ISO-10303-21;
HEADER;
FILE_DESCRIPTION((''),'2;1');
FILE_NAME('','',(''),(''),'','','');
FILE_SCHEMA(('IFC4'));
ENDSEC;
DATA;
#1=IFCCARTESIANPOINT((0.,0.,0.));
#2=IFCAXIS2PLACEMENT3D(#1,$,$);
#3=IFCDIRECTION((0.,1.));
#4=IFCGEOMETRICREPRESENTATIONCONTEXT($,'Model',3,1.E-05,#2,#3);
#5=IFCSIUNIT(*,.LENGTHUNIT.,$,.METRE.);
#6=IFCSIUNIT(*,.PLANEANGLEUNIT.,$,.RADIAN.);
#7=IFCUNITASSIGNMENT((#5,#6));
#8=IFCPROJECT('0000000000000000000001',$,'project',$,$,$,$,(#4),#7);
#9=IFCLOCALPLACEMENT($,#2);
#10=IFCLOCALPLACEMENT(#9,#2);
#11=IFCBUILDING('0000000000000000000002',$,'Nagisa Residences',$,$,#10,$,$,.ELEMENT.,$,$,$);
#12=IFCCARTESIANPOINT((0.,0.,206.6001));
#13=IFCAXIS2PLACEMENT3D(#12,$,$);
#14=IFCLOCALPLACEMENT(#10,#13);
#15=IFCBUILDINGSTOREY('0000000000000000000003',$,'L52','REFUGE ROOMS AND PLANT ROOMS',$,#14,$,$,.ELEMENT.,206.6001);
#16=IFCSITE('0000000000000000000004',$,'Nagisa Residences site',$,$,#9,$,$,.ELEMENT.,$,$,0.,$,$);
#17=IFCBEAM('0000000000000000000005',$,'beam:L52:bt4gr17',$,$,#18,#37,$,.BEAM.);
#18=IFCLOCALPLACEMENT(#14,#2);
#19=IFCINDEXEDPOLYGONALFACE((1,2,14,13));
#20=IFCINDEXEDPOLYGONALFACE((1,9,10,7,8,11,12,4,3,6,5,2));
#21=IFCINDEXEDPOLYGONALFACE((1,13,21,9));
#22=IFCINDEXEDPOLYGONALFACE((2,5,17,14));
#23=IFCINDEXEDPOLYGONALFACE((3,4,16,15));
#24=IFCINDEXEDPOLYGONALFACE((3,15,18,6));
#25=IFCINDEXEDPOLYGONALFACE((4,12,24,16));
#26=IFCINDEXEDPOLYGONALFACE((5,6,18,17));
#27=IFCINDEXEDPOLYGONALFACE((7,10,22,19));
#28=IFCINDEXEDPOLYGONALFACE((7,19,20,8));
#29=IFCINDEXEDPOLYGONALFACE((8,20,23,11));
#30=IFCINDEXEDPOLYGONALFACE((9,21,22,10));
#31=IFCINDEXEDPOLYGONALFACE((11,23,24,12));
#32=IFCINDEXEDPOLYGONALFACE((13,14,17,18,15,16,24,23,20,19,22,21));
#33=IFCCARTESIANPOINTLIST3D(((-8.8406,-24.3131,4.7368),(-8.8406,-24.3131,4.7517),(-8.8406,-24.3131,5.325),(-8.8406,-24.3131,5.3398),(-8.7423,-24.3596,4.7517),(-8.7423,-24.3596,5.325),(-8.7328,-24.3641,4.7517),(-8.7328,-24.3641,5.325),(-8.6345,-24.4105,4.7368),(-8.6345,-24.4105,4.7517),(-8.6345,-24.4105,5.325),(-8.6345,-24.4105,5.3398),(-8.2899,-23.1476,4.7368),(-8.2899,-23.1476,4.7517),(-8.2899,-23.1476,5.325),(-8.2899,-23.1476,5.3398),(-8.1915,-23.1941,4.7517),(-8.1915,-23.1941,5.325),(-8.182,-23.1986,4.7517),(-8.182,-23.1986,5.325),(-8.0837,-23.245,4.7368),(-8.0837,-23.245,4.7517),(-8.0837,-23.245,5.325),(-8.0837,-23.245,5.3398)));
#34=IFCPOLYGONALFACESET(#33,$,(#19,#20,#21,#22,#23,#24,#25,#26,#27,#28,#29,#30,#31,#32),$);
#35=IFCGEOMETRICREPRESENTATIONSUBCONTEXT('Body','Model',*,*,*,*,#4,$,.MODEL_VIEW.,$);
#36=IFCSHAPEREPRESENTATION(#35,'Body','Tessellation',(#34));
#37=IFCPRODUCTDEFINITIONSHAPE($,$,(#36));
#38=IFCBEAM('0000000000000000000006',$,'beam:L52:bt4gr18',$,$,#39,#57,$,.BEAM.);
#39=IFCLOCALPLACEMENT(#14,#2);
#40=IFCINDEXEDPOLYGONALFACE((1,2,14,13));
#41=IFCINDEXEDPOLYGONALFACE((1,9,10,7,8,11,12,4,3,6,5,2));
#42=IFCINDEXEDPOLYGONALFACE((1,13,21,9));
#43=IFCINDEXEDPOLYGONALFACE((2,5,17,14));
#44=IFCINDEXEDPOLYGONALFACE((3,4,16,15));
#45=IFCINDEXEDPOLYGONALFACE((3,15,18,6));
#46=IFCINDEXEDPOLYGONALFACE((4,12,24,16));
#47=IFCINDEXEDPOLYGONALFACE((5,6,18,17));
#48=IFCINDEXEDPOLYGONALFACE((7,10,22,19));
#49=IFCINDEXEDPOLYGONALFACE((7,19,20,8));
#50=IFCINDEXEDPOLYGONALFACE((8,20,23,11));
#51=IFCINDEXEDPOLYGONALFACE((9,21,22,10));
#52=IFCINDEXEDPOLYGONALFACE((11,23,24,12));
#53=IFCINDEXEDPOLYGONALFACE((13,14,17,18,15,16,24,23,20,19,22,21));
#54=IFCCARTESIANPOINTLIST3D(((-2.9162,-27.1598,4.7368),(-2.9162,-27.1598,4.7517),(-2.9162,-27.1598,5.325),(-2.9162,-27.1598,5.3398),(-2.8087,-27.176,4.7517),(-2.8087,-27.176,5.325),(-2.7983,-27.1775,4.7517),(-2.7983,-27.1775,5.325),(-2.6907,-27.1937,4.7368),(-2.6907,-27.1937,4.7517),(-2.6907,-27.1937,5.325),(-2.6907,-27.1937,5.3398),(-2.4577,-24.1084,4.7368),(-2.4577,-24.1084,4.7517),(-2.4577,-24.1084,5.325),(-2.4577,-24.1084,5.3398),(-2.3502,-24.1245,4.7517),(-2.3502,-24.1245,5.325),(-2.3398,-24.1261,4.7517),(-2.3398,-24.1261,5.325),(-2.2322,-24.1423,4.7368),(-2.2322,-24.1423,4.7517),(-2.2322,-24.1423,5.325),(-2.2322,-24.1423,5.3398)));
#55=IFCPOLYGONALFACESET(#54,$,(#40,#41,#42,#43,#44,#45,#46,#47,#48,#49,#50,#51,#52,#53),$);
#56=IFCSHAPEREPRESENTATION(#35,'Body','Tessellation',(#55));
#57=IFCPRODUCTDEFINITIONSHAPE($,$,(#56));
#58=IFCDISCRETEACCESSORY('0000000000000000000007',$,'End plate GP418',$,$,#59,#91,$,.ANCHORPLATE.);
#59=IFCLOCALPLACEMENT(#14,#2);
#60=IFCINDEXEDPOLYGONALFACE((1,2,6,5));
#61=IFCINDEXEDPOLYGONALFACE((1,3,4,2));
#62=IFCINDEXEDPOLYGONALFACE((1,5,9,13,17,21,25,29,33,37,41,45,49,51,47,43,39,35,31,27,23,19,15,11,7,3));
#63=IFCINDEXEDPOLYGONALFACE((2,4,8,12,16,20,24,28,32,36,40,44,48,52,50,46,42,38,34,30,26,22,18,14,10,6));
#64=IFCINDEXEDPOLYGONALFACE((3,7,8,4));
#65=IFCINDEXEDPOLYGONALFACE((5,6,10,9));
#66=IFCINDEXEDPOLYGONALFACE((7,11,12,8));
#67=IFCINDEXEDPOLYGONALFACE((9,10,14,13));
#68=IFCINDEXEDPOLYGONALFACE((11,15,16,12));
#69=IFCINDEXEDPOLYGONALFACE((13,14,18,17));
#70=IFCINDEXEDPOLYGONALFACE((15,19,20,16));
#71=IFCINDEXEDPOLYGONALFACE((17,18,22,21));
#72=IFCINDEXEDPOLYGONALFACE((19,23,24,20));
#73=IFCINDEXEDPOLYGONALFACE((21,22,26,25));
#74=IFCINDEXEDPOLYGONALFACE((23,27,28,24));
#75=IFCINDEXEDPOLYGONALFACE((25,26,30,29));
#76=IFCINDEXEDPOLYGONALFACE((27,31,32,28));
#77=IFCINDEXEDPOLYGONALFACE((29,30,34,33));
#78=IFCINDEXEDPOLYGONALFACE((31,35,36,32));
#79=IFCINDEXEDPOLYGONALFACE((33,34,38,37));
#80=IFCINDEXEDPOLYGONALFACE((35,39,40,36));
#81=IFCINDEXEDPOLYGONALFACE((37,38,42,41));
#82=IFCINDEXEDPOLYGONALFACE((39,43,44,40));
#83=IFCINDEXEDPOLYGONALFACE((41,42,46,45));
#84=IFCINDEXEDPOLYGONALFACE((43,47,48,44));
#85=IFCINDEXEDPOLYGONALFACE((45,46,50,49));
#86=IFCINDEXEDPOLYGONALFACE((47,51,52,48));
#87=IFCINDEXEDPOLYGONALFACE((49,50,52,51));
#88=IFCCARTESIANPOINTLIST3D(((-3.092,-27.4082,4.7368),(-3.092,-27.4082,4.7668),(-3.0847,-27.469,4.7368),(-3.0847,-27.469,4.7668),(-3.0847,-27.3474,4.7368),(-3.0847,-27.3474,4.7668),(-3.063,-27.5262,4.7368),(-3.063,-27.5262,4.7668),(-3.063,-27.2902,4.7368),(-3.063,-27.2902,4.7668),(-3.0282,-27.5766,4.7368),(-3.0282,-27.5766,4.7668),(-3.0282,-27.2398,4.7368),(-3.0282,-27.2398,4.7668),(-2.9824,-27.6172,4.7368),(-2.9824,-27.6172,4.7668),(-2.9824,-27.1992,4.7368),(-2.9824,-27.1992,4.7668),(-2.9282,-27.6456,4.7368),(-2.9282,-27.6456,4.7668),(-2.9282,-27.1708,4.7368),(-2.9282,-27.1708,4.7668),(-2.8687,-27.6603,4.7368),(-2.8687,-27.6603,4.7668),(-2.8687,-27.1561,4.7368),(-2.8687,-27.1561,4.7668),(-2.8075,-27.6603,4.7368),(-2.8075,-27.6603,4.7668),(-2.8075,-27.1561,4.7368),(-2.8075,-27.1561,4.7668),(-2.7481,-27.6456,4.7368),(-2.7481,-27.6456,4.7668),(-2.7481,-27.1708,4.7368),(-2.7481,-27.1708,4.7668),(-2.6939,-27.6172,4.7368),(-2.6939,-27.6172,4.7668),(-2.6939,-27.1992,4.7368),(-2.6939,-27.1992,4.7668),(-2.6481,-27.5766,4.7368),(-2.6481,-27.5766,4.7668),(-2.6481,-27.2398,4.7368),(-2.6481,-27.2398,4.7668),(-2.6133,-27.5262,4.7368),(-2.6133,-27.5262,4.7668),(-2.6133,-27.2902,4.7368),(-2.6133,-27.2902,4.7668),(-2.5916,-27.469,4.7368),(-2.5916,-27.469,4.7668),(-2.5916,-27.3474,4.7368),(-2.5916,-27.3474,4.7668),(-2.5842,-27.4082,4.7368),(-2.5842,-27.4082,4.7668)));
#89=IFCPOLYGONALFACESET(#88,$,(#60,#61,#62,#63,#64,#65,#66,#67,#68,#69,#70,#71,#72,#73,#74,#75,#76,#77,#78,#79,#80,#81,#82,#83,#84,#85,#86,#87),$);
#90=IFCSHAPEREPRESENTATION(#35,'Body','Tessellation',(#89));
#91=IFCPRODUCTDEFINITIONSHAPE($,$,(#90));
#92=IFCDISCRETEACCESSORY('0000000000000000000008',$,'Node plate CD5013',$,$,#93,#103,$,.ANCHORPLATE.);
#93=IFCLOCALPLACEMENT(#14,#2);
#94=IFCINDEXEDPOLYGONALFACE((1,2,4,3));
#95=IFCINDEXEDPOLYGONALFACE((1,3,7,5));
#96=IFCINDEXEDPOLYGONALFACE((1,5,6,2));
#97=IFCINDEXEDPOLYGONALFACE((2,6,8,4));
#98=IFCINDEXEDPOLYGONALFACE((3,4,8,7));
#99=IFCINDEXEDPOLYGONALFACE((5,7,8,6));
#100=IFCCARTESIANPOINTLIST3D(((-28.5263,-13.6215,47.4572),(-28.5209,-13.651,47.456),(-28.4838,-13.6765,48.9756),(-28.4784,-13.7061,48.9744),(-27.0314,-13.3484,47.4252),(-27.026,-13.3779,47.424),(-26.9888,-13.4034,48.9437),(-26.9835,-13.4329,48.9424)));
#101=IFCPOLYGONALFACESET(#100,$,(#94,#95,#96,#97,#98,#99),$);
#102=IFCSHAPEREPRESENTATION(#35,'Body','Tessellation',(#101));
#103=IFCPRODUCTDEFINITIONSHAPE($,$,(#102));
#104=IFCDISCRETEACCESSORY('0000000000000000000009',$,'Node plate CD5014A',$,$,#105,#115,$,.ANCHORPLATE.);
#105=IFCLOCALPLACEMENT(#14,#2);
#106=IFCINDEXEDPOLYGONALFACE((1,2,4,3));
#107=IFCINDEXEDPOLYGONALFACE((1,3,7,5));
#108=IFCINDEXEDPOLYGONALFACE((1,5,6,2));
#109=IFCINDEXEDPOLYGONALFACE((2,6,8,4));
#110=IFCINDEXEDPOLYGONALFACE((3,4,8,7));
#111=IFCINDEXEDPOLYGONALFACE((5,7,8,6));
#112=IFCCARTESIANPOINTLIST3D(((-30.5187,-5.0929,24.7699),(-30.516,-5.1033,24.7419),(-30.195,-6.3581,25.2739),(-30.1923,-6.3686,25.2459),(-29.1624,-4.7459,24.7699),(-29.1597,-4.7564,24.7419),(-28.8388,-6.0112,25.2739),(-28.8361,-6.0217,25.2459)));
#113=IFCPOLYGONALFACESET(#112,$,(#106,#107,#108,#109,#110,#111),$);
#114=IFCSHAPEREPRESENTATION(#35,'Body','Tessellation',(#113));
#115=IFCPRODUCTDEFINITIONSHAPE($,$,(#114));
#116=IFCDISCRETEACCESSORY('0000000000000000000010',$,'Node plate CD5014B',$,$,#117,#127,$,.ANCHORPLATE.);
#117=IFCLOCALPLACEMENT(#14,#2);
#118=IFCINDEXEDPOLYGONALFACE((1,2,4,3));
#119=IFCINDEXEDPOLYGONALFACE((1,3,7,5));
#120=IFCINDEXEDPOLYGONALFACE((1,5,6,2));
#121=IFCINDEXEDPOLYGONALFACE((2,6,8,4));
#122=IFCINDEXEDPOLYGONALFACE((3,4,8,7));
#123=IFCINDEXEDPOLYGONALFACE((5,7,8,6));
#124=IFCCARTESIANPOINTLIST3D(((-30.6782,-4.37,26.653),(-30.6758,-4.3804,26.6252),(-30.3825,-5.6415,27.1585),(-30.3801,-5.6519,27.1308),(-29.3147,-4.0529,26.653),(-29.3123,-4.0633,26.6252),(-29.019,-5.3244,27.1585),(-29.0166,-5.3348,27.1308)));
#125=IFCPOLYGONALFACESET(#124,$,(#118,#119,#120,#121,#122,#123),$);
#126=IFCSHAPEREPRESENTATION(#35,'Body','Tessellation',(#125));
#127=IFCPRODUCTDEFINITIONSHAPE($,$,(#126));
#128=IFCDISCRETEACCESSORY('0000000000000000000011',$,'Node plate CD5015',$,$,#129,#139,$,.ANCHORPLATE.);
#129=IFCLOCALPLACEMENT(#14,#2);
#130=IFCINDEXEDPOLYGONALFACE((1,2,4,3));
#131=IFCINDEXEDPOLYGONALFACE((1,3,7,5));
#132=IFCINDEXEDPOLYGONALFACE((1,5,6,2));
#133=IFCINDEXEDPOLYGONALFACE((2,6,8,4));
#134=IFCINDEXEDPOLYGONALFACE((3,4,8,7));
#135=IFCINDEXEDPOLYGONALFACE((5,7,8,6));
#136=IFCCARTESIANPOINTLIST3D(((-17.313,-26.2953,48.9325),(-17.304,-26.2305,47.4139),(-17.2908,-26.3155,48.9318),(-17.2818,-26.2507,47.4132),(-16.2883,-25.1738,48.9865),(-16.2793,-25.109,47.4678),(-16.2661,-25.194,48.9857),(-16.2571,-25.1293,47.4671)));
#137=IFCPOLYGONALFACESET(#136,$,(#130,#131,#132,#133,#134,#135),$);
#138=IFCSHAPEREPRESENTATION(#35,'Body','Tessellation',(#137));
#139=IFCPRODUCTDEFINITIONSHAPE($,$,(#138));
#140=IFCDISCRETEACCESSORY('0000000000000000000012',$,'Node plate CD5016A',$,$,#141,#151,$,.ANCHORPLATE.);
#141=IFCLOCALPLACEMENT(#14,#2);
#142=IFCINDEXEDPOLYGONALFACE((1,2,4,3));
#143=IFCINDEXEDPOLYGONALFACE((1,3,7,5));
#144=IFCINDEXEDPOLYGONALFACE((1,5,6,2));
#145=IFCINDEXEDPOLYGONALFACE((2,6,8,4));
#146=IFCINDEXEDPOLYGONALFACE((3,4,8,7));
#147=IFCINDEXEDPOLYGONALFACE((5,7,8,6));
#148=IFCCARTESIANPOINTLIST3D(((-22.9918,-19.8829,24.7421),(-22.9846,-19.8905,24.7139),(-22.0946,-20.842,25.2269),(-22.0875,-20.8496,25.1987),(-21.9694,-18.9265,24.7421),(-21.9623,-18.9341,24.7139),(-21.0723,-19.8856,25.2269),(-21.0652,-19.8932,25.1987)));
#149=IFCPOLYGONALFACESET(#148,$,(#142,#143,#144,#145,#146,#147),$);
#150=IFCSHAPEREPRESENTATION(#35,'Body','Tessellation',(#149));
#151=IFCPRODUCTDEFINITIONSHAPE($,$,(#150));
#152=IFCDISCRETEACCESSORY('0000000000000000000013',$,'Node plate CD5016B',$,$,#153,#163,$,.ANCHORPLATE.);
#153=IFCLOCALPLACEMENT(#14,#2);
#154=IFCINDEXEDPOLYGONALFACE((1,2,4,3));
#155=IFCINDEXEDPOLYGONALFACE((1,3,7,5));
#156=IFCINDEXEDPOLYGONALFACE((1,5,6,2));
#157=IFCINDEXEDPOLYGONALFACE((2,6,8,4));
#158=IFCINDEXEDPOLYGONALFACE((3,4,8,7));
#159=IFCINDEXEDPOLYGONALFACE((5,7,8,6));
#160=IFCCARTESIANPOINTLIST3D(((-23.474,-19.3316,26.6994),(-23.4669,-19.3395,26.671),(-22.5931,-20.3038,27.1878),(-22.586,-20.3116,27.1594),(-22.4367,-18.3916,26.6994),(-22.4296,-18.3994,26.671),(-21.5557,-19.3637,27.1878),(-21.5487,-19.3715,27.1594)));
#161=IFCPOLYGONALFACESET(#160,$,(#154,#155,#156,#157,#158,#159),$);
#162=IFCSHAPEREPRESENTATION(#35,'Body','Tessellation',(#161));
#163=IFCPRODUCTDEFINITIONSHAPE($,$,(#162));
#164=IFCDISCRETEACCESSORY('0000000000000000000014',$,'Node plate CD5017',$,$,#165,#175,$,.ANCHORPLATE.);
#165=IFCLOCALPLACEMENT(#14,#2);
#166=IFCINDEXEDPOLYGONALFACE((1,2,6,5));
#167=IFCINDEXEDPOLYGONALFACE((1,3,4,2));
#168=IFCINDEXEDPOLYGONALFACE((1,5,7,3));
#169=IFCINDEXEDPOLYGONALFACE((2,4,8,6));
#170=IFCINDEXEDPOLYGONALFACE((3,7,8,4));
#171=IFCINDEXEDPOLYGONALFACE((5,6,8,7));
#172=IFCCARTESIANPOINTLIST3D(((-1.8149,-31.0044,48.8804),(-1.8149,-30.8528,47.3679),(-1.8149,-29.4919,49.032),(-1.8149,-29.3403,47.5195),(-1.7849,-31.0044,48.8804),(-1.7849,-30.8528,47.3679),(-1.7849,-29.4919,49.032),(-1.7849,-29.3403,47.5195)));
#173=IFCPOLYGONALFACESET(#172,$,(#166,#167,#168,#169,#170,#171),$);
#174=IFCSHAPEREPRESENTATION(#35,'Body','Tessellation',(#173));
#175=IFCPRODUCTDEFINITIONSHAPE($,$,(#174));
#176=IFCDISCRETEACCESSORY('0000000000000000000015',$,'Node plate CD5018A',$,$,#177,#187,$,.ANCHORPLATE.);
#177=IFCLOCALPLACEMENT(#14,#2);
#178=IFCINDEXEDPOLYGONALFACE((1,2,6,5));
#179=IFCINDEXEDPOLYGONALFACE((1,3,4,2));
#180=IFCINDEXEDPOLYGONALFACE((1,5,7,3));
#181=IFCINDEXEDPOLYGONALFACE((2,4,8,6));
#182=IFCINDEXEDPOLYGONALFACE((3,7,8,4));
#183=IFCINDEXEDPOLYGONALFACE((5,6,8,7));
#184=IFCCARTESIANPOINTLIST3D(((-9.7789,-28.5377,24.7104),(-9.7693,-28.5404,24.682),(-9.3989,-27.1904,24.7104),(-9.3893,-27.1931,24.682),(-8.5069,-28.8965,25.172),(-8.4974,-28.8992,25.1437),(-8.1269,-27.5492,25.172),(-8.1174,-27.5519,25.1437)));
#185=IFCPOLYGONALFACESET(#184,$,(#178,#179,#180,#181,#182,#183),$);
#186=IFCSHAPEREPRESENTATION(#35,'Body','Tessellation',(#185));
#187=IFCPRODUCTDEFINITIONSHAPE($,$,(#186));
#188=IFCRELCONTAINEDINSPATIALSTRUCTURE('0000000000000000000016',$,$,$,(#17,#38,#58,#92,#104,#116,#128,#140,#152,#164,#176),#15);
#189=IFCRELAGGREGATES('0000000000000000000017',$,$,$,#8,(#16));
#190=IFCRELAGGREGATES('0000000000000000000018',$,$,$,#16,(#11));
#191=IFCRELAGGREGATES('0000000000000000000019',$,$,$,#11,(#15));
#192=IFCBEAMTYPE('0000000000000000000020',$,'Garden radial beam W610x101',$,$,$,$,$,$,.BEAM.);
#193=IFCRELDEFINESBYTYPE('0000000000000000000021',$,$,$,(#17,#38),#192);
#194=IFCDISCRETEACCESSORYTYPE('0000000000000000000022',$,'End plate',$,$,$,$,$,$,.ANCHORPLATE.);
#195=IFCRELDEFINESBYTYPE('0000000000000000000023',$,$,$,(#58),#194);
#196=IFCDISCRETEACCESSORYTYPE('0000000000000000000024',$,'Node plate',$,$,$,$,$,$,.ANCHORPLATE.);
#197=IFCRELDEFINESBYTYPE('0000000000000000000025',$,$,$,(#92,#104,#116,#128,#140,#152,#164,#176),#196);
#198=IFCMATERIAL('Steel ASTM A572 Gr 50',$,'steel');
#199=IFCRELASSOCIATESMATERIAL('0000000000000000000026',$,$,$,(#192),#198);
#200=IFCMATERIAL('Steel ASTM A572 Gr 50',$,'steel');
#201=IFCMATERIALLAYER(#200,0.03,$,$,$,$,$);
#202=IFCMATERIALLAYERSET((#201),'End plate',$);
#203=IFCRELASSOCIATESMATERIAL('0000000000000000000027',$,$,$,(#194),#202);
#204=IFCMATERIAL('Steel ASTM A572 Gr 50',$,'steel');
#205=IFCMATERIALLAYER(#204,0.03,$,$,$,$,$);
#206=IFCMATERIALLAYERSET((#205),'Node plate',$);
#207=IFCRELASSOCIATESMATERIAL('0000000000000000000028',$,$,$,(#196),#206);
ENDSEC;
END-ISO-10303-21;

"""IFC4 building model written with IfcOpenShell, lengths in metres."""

from ifc_helpers import new_model, si_unit, direction, frame, origin, origin_2d, place, context, subcontext, project, spatial, rectangle, circle, i_section, extrude, material, layer, layer_set, material_profile, profile_set, type_object, element, save


model = new_model("IFC4")

# Units and contexts
model_context = context("Model", 3, precision=1e-05, world=origin(), true_north=direction((0.0, 1.0)))
body_context = subcontext(model_context, "Body", "Model", "MODEL_VIEW")
ifc_project = project(units=[si_unit("LENGTHUNIT", "METRE"), si_unit("PLANEANGLEUNIT", "RADIAN")], contexts=[model_context])

# Site, building, storey
site_placement = place(None, origin())
site = spatial("IfcSite", under=ifc_project, at=site_placement, Name="Nagisa Residences site", CompositionType="ELEMENT", RefElevation=0.0)
building_placement = place(site_placement, origin())
building = spatial("IfcBuilding", under=site, at=building_placement, Name="Nagisa Residences", CompositionType="ELEMENT")
storey_placement = place(building_placement, frame((0.0, 0.0, 206.6001)))
storey = spatial("IfcBuildingStorey", under=building, at=storey_placement, Name="L52", Description="REFUGE ROOMS AND PLANT ROOMS", CompositionType="ELEMENT", Elevation=206.6001)

# Beams
ifc_material_1 = material(Name="Steel ASTM A572 Gr 50", Category="steel")
ifc_material_profile_1 = material_profile(ifc_material_1, i_section(OverallWidth=0.228, OverallDepth=0.603, WebThickness=0.0105, FlangeThickness=0.0149, at=origin_2d()), Name="W610x101")
ifc_profile_set_1 = profile_set([ifc_material_profile_1], Name="Steel ASTM A572 Gr 50")
beam_type_1 = type_object("IfcBeamType", Name="Garden radial beam W610x101", PredefinedType="BEAM", material=ifc_profile_set_1)
beam_1_placement = place(storey_placement, frame((-8.7375, -24.3618, 5.0383), z_axis=(0.427256, 0.904131, 0.0), x_axis=(-0.904131, 0.427256, 0.0)))
element("IfcBeam", 1, at=beam_1_placement, inside=storey, type_object=beam_type_1, Name="beam:L52:bt4gr17", PredefinedType="BEAM", context=body_context, shape_type="SweptSolid", body=[
    extrude(i_section(OverallWidth=0.228, OverallDepth=0.603, WebThickness=0.0105, FlangeThickness=0.0149, at=origin_2d()), origin(), (0.0, 0.0, 1.0), 1.2891),
])
beam_2_placement = place(storey_placement, frame((-2.8035, -27.1768, 5.0383), z_axis=(0.148584, 0.9889, 0.0), x_axis=(-0.9889, 0.148584, 0.0)))
element("IfcBeam", 2, at=beam_2_placement, inside=storey, type_object=beam_type_1, Name="beam:L52:bt4gr18", PredefinedType="BEAM", context=body_context, shape_type="SweptSolid", body=[
    extrude(i_section(OverallWidth=0.228, OverallDepth=0.603, WebThickness=0.0105, FlangeThickness=0.0149, at=origin_2d()), origin(), (0.0, 0.0, 1.0), 3.0857),
])

# Discrete accessories
ifc_material_2 = material(Name="Steel ASTM A572 Gr 50", Category="steel")
ifc_layer_1 = layer(ifc_material_2, 0.03)
ifc_layer_set_1 = layer_set([ifc_layer_1], Name="End plate")
discrete_accessory_type_1 = type_object("IfcDiscreteAccessoryType", Name="End plate", PredefinedType="ANCHORPLATE", material=ifc_layer_set_1)
discrete_accessory_1_placement = place(storey_placement, frame((-2.8381, -27.4082, 4.7368), z_axis=(0.0, 0.0, 1.0), x_axis=(1.0, 0.0, 0.0)))
element("IfcDiscreteAccessory", 3, at=discrete_accessory_1_placement, inside=storey, type_object=discrete_accessory_type_1, Name="End plate GP418", PredefinedType="ANCHORPLATE", context=body_context, shape_type="SweptSolid", body=[
    extrude(circle(Radius=0.2539, at=origin_2d()), origin(), (0.0, 0.0, 1.0), 0.03),
])
ifc_material_3 = material(Name="Steel ASTM A572 Gr 50", Category="steel")
ifc_layer_2 = layer(ifc_material_3, 0.03)
ifc_layer_set_2 = layer_set([ifc_layer_2], Name="Node plate")
discrete_accessory_type_2 = type_object("IfcDiscreteAccessoryType", Name="Node plate", PredefinedType="ANCHORPLATE", material=ifc_layer_set_2)
discrete_accessory_2_placement = place(storey_placement, frame((-27.7522, -13.542, 48.1992), z_axis=(-0.178738, 0.983058, 0.040622), x_axis=(-0.027977, 0.036192, -0.998953)))
element("IfcDiscreteAccessory", 4, at=discrete_accessory_2_placement, inside=storey, type_object=discrete_accessory_type_2, Name="Node plate CD5013", PredefinedType="ANCHORPLATE", context=body_context, shape_type="SweptSolid", body=[
    extrude(rectangle(XDim=1.52, YDim=1.52, at=origin_2d()), origin(), (0.0, 0.0, 1.0), 0.03),
])
discrete_accessory_3_placement = place(storey_placement, frame((-29.676, -5.5625, 24.9939), z_axis=(-0.089236, 0.348833, 0.932927), x_axis=(-0.968803, -0.247833, 0.0)))
element("IfcDiscreteAccessory", 5, at=discrete_accessory_3_placement, inside=storey, type_object=discrete_accessory_type_2, Name="Node plate CD5014A", PredefinedType="ANCHORPLATE", context=body_context, shape_type="SweptSolid", body=[
    extrude(rectangle(XDim=1.3999, YDim=1.3999, at=origin_2d()), origin(), (0.0, 0.0, 1.0), 0.03),
])
discrete_accessory_4_placement = place(storey_placement, frame((-29.8486, -4.8472, 26.9058), z_axis=(0.0818, -0.351739, -0.932517), x_axis=(0.974008, 0.226513, 0.0)))
element("IfcDiscreteAccessory", 6, at=discrete_accessory_4_placement, inside=storey, type_object=discrete_accessory_type_2, Name="Node plate CD5014B", PredefinedType="ANCHORPLATE", context=body_context, shape_type="SweptSolid", body=[
    extrude(rectangle(XDim=1.3999, YDim=1.3999, at=origin_2d()), origin(), (0.0, 0.0, 1.0), 0.0298),
])
discrete_accessory_5_placement = place(storey_placement, frame((-16.7961, -25.7021, 48.2002), z_axis=(0.738618, -0.673684, -0.02435), x_axis=(0.005928, 0.04261, -0.999074)))
element("IfcDiscreteAccessory", 7, at=discrete_accessory_5_placement, inside=storey, type_object=discrete_accessory_type_2, Name="Node plate CD5015", PredefinedType="ANCHORPLATE", context=body_context, shape_type="SweptSolid", body=[
    extrude(rectangle(XDim=1.52, YDim=1.52, at=origin_2d()), origin(), (0.0, 0.0, 1.0), 0.03),
])
discrete_accessory_6_placement = place(storey_placement, frame((-22.0249, -19.8918, 24.9563), z_axis=(-0.236571, 0.252886, 0.938127), x_axis=(-0.730271, -0.683157, 0.0)))
element("IfcDiscreteAccessory", 8, at=discrete_accessory_6_placement, inside=storey, type_object=discrete_accessory_type_2, Name="Node plate CD5016A", PredefinedType="ANCHORPLATE", context=body_context, shape_type="SweptSolid", body=[
    extrude(rectangle(XDim=1.3999, YDim=1.3999, at=origin_2d()), origin(), (0.0, 0.0, 1.0), 0.03),
])
discrete_accessory_7_placement = place(storey_placement, frame((-22.5149, -19.3477, 26.9436), z_axis=(0.23429, -0.258527, -0.937161), x_axis=(0.740987, 0.671519, 0.0)))
element("IfcDiscreteAccessory", 9, at=discrete_accessory_7_placement, inside=storey, type_object=discrete_accessory_type_2, Name="Node plate CD5016B", PredefinedType="ANCHORPLATE", context=body_context, shape_type="SweptSolid", body=[
    extrude(rectangle(XDim=1.3999, YDim=1.3999, at=origin_2d()), origin(), (0.0, 0.0, 1.0), 0.0303),
])
discrete_accessory_8_placement = place(storey_placement, frame((-1.8149, -30.1724, 48.2), z_axis=(1.0, 0.0, 0.0), x_axis=(0.0, 0.099725, -0.995015)))
element("IfcDiscreteAccessory", 10, at=discrete_accessory_8_placement, inside=storey, type_object=discrete_accessory_type_2, Name="Node plate CD5017", PredefinedType="ANCHORPLATE", context=body_context, shape_type="SweptSolid", body=[
    extrude(rectangle(XDim=1.52, YDim=1.52, at=origin_2d()), origin(), (0.0, 0.0, 1.0), 0.03),
])
for number, where, z_axis, x_axis, name in (
    (11, (-8.9434, -28.0461, 24.9128), (-0.317399, 0.089523, 0.944057), (-0.27146, -0.96245, 0.0), "Node plate CD5018A"),
):
    element("IfcDiscreteAccessory", number, at=place(storey_placement, frame(where, z_axis=z_axis, x_axis=x_axis)), inside=storey, type_object=discrete_accessory_type_2, Name=name, PredefinedType="ANCHORPLATE", context=body_context, shape_type="SweptSolid", body=[
        extrude(rectangle(XDim=1.3999, YDim=1.3999, at=origin_2d()), origin(), (0.0, 0.0, 1.0), 0.03),
    ])

save(model, "model.ifc")
